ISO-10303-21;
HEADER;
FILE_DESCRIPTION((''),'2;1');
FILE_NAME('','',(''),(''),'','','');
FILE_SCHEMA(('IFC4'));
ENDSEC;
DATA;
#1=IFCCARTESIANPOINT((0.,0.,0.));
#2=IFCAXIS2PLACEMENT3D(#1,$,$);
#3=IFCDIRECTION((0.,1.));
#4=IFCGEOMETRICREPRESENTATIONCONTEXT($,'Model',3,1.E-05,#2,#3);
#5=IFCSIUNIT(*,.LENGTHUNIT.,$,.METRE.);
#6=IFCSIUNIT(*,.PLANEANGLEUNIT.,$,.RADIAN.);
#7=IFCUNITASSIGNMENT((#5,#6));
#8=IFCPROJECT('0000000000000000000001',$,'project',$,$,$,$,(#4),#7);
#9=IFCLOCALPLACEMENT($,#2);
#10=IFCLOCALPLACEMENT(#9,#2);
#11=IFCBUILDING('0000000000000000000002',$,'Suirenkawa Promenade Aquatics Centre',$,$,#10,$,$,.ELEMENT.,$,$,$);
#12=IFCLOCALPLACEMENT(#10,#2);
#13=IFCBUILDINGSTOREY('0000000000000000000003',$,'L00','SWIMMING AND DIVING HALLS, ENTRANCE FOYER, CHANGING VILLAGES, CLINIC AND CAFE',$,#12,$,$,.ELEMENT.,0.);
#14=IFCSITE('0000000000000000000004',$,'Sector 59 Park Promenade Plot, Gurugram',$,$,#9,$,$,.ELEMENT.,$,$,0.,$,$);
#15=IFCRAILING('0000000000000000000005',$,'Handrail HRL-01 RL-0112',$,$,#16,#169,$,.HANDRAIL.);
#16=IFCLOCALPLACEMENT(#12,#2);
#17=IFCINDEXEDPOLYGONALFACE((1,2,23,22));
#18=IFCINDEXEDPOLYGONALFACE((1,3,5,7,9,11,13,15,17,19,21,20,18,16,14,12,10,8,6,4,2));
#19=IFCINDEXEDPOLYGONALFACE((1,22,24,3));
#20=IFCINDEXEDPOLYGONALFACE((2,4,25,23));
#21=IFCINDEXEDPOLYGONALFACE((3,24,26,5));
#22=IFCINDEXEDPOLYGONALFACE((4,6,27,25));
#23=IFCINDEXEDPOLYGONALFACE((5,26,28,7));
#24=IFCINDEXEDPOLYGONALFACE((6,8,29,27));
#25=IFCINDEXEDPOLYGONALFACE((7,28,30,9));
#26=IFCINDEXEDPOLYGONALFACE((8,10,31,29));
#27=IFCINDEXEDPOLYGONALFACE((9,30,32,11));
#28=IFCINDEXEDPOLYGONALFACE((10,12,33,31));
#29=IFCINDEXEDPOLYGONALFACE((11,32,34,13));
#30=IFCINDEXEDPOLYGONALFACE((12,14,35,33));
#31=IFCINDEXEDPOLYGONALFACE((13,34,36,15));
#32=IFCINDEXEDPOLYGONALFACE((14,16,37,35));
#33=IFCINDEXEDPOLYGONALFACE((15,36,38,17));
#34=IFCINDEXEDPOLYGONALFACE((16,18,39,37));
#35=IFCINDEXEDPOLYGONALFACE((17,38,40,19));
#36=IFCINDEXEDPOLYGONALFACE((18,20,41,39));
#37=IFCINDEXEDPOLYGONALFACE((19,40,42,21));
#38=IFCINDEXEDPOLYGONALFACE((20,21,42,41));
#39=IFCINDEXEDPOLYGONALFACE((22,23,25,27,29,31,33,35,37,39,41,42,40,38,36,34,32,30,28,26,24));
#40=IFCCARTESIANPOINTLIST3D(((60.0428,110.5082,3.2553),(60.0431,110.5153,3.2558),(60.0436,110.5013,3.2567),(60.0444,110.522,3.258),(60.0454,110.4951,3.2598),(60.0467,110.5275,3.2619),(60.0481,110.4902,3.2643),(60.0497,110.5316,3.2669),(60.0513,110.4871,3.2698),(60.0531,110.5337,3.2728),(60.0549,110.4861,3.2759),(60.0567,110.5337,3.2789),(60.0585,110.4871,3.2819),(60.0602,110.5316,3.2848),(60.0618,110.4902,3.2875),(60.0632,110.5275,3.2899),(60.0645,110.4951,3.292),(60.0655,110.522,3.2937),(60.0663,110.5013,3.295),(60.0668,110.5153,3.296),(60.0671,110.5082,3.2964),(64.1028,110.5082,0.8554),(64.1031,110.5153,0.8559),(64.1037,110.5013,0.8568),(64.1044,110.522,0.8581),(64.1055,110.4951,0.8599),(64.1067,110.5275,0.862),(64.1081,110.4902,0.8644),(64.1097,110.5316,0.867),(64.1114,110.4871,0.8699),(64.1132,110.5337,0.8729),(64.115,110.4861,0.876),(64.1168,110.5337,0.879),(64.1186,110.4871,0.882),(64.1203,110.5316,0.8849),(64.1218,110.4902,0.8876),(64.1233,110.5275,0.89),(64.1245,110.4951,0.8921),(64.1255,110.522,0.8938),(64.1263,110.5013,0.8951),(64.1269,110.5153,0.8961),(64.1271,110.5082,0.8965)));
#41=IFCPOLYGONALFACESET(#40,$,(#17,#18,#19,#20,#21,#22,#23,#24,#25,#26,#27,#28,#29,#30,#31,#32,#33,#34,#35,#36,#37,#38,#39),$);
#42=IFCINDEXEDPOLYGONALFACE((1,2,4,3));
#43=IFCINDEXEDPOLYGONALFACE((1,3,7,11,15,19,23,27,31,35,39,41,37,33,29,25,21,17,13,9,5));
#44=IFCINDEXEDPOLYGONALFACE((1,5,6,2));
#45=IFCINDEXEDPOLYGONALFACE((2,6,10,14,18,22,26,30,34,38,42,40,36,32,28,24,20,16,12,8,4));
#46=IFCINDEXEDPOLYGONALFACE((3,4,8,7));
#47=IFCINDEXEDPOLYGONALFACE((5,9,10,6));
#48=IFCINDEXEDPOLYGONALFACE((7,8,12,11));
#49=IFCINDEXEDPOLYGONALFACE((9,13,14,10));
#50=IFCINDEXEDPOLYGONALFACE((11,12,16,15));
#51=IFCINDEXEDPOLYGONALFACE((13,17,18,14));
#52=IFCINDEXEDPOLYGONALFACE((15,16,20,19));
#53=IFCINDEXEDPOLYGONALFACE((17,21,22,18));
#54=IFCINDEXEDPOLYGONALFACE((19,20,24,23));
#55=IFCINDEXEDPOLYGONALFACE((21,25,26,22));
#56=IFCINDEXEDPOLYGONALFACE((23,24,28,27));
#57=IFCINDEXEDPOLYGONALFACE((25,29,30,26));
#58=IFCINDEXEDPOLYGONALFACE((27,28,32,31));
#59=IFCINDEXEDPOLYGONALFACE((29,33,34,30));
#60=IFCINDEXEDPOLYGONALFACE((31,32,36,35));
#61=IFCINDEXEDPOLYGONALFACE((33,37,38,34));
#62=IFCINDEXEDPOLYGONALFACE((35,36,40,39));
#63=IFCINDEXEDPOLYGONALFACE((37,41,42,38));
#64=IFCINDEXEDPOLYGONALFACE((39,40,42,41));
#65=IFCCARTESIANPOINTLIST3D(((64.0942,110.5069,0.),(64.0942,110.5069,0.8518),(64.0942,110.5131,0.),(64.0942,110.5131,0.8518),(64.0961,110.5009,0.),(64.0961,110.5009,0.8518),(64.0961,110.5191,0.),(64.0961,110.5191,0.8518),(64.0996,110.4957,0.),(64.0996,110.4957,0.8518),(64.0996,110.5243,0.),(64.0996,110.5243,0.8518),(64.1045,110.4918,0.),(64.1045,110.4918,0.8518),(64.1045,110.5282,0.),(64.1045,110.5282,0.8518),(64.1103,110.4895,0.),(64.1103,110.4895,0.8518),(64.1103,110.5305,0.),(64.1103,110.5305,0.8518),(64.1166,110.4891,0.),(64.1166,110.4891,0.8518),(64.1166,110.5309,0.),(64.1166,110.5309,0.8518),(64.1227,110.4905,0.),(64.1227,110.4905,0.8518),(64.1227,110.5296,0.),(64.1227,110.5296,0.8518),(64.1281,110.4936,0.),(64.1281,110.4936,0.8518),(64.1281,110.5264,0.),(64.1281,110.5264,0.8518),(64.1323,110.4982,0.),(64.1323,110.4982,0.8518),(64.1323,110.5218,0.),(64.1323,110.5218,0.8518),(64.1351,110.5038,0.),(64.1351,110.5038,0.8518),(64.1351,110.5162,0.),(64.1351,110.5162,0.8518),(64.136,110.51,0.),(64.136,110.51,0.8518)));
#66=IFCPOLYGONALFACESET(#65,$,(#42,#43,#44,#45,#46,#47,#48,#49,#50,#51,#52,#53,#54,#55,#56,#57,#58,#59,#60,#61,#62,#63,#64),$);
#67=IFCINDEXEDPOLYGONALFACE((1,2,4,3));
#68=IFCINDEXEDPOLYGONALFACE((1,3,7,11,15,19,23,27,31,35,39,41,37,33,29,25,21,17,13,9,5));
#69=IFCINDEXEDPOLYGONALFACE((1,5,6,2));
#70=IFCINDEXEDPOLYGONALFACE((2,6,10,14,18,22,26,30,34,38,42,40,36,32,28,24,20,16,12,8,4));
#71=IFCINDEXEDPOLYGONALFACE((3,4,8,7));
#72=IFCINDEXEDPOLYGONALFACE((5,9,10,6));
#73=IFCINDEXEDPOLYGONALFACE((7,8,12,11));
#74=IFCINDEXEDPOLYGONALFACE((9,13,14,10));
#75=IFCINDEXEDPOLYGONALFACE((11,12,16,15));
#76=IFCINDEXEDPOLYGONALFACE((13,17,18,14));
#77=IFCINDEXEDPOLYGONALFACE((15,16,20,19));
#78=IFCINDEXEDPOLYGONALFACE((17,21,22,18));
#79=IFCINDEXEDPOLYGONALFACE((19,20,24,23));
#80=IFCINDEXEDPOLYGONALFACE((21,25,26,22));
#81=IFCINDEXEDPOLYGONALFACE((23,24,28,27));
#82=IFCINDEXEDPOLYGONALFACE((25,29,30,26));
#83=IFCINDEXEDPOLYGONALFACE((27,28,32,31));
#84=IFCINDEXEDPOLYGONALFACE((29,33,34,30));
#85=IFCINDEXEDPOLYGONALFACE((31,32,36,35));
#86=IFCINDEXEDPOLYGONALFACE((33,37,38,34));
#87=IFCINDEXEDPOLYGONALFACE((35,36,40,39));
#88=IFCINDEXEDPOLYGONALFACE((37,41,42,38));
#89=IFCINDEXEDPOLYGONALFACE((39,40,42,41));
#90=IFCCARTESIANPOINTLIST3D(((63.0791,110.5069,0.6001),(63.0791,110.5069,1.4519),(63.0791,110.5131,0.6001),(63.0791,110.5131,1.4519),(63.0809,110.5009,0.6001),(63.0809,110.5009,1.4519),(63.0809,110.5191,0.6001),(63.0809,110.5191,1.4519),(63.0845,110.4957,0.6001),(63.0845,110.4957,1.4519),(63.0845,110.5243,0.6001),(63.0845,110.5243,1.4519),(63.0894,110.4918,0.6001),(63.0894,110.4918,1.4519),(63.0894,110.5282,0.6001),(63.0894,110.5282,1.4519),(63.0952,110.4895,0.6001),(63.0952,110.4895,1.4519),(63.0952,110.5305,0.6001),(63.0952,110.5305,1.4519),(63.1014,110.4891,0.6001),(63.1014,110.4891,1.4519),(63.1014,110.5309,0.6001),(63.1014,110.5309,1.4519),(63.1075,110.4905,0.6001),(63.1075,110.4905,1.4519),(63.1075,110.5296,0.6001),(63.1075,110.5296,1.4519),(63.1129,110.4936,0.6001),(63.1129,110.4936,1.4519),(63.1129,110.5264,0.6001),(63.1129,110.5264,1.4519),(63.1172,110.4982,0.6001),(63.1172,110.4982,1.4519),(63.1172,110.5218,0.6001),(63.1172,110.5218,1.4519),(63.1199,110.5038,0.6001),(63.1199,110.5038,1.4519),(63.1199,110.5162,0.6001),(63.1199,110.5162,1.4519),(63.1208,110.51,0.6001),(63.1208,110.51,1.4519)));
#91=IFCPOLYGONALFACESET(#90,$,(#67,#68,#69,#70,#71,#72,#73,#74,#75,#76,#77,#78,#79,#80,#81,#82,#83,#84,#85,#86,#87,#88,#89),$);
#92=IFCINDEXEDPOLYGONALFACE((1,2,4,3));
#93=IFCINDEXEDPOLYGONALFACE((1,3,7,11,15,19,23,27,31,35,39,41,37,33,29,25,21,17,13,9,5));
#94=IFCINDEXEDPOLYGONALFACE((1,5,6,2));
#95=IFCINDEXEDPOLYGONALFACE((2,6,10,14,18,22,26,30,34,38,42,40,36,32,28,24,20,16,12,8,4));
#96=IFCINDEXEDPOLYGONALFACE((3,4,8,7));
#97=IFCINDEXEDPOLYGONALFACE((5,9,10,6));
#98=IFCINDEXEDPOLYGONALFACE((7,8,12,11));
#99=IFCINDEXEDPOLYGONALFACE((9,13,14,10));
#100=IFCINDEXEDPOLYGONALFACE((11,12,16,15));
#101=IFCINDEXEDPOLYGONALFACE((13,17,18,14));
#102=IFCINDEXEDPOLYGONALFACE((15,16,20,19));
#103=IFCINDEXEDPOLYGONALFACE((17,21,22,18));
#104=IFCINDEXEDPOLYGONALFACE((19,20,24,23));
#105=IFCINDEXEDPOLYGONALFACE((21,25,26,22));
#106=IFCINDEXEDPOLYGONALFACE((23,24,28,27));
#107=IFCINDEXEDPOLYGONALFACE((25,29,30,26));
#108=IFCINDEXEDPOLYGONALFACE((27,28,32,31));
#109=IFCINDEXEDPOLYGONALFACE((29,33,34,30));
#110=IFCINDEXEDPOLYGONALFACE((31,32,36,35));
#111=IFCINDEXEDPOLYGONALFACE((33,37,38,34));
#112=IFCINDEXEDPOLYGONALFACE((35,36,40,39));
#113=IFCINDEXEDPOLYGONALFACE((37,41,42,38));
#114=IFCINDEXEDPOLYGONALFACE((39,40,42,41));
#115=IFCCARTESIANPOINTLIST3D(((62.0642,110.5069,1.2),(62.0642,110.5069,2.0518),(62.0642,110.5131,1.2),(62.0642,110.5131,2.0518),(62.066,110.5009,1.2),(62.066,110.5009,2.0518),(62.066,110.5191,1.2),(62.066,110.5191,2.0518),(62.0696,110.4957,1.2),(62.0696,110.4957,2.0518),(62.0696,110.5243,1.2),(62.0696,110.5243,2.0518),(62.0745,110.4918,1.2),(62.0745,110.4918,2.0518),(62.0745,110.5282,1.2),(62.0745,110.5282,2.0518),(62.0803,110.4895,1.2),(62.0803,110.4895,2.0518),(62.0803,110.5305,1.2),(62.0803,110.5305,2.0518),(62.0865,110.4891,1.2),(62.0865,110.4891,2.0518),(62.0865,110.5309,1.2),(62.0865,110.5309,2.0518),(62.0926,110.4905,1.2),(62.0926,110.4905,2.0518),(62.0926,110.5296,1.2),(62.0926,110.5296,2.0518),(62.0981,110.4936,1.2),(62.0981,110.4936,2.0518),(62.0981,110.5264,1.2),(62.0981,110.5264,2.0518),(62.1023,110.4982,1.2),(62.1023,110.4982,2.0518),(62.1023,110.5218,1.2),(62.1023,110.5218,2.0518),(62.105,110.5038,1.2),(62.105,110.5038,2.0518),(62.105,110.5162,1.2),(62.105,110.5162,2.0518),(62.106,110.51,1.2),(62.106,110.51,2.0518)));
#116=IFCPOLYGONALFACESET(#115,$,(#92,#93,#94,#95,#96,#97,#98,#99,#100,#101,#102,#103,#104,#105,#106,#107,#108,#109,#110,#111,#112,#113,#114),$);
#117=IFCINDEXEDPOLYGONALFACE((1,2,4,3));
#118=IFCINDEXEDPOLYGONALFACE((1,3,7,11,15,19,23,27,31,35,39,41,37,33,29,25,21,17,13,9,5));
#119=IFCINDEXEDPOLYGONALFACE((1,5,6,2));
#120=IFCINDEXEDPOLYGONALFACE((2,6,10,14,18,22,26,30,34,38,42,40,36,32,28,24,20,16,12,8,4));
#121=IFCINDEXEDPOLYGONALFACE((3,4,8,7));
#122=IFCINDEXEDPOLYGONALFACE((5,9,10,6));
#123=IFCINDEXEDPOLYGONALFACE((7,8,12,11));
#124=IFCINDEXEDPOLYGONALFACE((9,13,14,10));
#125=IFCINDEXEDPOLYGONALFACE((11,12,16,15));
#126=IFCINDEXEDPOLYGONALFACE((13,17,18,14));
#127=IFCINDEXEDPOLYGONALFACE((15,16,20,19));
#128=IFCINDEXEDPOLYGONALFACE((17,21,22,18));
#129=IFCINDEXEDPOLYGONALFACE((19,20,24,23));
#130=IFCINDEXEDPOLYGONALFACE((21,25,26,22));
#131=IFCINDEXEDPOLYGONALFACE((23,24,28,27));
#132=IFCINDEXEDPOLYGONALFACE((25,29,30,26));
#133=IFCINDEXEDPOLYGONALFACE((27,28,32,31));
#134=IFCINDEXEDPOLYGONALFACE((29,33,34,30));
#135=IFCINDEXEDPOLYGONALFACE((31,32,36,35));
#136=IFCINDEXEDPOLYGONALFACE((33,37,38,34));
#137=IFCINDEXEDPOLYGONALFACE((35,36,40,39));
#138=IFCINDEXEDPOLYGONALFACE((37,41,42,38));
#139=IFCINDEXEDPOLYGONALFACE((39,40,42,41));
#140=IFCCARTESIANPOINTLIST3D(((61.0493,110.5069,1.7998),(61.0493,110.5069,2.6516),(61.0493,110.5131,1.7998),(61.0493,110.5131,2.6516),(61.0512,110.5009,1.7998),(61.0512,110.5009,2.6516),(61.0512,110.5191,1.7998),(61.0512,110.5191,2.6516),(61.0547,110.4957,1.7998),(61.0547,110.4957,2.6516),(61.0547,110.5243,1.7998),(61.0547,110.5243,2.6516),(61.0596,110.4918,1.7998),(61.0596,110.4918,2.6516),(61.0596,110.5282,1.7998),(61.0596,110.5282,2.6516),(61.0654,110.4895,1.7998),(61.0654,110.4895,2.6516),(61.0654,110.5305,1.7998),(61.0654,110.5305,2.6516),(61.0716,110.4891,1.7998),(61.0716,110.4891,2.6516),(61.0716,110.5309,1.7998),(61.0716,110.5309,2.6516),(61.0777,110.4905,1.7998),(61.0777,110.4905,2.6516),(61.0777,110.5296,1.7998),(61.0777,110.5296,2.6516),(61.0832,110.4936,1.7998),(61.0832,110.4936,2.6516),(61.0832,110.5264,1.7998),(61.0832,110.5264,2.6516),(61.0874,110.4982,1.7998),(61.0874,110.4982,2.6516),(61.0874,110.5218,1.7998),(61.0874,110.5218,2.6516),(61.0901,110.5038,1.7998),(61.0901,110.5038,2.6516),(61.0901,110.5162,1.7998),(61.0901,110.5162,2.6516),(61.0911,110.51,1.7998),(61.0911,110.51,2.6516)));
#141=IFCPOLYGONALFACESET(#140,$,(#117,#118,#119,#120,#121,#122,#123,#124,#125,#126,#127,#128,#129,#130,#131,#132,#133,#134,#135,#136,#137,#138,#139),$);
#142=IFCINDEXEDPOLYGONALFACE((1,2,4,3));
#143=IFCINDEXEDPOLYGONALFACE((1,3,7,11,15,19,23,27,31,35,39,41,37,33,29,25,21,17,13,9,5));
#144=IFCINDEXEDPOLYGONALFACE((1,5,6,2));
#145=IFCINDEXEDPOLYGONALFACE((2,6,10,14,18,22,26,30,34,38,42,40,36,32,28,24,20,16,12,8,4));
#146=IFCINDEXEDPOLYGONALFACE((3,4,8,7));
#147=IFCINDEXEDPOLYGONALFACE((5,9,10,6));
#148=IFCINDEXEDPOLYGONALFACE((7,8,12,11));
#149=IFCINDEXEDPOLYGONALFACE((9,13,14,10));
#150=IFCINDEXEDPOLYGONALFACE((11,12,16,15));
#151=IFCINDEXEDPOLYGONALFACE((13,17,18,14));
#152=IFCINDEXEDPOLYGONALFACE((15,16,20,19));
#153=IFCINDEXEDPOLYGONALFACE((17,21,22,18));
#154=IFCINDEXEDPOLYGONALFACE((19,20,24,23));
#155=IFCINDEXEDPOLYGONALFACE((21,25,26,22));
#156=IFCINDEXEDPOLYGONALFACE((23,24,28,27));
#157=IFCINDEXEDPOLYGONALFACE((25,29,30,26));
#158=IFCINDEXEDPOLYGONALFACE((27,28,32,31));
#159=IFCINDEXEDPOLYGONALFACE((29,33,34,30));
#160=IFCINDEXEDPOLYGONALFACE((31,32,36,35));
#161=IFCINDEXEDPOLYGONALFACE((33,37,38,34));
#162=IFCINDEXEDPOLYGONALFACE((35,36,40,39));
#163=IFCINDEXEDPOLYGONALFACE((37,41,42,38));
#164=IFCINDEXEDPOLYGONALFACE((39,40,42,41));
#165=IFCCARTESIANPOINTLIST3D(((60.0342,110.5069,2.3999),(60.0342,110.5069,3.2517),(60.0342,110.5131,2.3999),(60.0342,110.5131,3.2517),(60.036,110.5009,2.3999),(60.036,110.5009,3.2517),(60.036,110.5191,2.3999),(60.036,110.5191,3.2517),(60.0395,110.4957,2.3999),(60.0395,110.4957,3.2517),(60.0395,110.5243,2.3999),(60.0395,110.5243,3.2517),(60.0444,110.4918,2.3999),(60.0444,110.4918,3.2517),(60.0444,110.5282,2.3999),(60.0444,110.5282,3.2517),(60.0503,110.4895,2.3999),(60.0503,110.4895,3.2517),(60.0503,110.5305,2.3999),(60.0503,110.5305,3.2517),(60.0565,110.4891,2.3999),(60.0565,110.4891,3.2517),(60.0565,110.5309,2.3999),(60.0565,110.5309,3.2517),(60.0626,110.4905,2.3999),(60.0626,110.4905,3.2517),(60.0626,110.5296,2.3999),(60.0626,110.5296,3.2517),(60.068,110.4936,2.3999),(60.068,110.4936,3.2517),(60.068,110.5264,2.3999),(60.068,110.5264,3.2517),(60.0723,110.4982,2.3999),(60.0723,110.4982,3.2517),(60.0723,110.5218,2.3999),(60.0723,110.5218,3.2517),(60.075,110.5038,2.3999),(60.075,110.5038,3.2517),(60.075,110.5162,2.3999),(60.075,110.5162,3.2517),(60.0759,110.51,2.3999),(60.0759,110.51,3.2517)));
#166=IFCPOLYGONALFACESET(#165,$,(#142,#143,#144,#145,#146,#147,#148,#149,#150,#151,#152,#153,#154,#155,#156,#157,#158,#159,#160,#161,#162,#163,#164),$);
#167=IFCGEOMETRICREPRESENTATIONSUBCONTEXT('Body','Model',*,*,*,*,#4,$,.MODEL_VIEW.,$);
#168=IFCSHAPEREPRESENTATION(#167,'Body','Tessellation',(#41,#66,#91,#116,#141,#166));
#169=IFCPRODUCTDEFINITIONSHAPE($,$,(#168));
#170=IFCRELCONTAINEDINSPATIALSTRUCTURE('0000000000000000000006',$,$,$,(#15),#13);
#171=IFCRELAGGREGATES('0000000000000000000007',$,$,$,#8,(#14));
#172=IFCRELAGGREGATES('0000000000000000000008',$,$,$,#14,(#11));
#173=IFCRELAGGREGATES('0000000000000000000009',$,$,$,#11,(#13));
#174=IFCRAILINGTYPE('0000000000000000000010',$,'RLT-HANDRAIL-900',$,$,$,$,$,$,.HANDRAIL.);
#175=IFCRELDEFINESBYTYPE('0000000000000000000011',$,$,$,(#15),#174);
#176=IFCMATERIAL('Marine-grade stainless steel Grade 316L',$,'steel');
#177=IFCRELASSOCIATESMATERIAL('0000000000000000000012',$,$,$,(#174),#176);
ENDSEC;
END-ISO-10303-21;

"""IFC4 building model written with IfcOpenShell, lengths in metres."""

from ifc_helpers import new_model, si_unit, direction, frame, origin, origin_2d, place, context, subcontext, project, spatial, circle, extrude, material, type_object, element, save


model = new_model("IFC4")

# Units and contexts
model_context = context("Model", 3, precision=1e-05, world=origin(), true_north=direction((0.0, 1.0)))
body_context = subcontext(model_context, "Body", "Model", "MODEL_VIEW")
ifc_project = project(units=[si_unit("LENGTHUNIT", "METRE"), si_unit("PLANEANGLEUNIT", "RADIAN")], contexts=[model_context])

# Site, building, storey
site_placement = place(None, origin())
site = spatial("IfcSite", under=ifc_project, at=site_placement, Name="Sector 59 Park Promenade Plot, Gurugram", CompositionType="ELEMENT", RefElevation=0.0)
building_placement = place(site_placement, origin())
building = spatial("IfcBuilding", under=site, at=building_placement, Name="Suirenkawa Promenade Aquatics Centre", CompositionType="ELEMENT")
storey_placement = place(building_placement, origin())
storey = spatial("IfcBuildingStorey", under=building, at=storey_placement, Name="L00", Description="SWIMMING AND DIVING HALLS, ENTRANCE FOYER, CHANGING VILLAGES, CLINIC AND CAFE", CompositionType="ELEMENT", Elevation=0.0)

# Shared definitions
ifc_material_1 = material(Name="Marine-grade stainless steel Grade 316L", Category="steel")

# Railing
railing_type_1 = type_object("IfcRailingType", Name="RLT-HANDRAIL-900", PredefinedType="HANDRAIL", material=ifc_material_1)
for number, where, name in (
    (1, (64.115, 110.51, 0.0), "Handrail HRL-01 RL-0112"),
):
    element("IfcRailing", number, at=place(storey_placement, frame(where)), inside=storey, type_object=railing_type_1, Name=name, PredefinedType="HANDRAIL", context=body_context, shape_type="SweptSolid", body=[
        extrude(circle(Radius=0.0239, at=origin_2d()), frame((0.0, 0.0, 0.876), z_axis=(-0.860854, 0.0, 0.508851), x_axis=(0.0, -1.0, 0.0)), (0.0, 0.0, 1.0), 4.7163),
        extrude(circle(Radius=0.021, at=origin_2d()), origin(), (0.0, 0.0, 1.0), 0.8518),
        extrude(circle(Radius=0.021, at=origin_2d()), frame((-1.0151, 0.0, 0.6001)), (0.0, 0.0, 1.0), 0.8518),
        extrude(circle(Radius=0.021, at=origin_2d()), frame((-2.03, 0.0, 1.2)), (0.0, 0.0, 1.0), 0.8518),
        extrude(circle(Radius=0.021, at=origin_2d()), frame((-3.0449, 0.0, 1.7998)), (0.0, 0.0, 1.0), 0.8518),
        extrude(circle(Radius=0.021, at=origin_2d()), frame((-4.0601, 0.0, 2.3999)), (0.0, 0.0, 1.0), 0.8518),
    ])

save(model, "model.ifc")
